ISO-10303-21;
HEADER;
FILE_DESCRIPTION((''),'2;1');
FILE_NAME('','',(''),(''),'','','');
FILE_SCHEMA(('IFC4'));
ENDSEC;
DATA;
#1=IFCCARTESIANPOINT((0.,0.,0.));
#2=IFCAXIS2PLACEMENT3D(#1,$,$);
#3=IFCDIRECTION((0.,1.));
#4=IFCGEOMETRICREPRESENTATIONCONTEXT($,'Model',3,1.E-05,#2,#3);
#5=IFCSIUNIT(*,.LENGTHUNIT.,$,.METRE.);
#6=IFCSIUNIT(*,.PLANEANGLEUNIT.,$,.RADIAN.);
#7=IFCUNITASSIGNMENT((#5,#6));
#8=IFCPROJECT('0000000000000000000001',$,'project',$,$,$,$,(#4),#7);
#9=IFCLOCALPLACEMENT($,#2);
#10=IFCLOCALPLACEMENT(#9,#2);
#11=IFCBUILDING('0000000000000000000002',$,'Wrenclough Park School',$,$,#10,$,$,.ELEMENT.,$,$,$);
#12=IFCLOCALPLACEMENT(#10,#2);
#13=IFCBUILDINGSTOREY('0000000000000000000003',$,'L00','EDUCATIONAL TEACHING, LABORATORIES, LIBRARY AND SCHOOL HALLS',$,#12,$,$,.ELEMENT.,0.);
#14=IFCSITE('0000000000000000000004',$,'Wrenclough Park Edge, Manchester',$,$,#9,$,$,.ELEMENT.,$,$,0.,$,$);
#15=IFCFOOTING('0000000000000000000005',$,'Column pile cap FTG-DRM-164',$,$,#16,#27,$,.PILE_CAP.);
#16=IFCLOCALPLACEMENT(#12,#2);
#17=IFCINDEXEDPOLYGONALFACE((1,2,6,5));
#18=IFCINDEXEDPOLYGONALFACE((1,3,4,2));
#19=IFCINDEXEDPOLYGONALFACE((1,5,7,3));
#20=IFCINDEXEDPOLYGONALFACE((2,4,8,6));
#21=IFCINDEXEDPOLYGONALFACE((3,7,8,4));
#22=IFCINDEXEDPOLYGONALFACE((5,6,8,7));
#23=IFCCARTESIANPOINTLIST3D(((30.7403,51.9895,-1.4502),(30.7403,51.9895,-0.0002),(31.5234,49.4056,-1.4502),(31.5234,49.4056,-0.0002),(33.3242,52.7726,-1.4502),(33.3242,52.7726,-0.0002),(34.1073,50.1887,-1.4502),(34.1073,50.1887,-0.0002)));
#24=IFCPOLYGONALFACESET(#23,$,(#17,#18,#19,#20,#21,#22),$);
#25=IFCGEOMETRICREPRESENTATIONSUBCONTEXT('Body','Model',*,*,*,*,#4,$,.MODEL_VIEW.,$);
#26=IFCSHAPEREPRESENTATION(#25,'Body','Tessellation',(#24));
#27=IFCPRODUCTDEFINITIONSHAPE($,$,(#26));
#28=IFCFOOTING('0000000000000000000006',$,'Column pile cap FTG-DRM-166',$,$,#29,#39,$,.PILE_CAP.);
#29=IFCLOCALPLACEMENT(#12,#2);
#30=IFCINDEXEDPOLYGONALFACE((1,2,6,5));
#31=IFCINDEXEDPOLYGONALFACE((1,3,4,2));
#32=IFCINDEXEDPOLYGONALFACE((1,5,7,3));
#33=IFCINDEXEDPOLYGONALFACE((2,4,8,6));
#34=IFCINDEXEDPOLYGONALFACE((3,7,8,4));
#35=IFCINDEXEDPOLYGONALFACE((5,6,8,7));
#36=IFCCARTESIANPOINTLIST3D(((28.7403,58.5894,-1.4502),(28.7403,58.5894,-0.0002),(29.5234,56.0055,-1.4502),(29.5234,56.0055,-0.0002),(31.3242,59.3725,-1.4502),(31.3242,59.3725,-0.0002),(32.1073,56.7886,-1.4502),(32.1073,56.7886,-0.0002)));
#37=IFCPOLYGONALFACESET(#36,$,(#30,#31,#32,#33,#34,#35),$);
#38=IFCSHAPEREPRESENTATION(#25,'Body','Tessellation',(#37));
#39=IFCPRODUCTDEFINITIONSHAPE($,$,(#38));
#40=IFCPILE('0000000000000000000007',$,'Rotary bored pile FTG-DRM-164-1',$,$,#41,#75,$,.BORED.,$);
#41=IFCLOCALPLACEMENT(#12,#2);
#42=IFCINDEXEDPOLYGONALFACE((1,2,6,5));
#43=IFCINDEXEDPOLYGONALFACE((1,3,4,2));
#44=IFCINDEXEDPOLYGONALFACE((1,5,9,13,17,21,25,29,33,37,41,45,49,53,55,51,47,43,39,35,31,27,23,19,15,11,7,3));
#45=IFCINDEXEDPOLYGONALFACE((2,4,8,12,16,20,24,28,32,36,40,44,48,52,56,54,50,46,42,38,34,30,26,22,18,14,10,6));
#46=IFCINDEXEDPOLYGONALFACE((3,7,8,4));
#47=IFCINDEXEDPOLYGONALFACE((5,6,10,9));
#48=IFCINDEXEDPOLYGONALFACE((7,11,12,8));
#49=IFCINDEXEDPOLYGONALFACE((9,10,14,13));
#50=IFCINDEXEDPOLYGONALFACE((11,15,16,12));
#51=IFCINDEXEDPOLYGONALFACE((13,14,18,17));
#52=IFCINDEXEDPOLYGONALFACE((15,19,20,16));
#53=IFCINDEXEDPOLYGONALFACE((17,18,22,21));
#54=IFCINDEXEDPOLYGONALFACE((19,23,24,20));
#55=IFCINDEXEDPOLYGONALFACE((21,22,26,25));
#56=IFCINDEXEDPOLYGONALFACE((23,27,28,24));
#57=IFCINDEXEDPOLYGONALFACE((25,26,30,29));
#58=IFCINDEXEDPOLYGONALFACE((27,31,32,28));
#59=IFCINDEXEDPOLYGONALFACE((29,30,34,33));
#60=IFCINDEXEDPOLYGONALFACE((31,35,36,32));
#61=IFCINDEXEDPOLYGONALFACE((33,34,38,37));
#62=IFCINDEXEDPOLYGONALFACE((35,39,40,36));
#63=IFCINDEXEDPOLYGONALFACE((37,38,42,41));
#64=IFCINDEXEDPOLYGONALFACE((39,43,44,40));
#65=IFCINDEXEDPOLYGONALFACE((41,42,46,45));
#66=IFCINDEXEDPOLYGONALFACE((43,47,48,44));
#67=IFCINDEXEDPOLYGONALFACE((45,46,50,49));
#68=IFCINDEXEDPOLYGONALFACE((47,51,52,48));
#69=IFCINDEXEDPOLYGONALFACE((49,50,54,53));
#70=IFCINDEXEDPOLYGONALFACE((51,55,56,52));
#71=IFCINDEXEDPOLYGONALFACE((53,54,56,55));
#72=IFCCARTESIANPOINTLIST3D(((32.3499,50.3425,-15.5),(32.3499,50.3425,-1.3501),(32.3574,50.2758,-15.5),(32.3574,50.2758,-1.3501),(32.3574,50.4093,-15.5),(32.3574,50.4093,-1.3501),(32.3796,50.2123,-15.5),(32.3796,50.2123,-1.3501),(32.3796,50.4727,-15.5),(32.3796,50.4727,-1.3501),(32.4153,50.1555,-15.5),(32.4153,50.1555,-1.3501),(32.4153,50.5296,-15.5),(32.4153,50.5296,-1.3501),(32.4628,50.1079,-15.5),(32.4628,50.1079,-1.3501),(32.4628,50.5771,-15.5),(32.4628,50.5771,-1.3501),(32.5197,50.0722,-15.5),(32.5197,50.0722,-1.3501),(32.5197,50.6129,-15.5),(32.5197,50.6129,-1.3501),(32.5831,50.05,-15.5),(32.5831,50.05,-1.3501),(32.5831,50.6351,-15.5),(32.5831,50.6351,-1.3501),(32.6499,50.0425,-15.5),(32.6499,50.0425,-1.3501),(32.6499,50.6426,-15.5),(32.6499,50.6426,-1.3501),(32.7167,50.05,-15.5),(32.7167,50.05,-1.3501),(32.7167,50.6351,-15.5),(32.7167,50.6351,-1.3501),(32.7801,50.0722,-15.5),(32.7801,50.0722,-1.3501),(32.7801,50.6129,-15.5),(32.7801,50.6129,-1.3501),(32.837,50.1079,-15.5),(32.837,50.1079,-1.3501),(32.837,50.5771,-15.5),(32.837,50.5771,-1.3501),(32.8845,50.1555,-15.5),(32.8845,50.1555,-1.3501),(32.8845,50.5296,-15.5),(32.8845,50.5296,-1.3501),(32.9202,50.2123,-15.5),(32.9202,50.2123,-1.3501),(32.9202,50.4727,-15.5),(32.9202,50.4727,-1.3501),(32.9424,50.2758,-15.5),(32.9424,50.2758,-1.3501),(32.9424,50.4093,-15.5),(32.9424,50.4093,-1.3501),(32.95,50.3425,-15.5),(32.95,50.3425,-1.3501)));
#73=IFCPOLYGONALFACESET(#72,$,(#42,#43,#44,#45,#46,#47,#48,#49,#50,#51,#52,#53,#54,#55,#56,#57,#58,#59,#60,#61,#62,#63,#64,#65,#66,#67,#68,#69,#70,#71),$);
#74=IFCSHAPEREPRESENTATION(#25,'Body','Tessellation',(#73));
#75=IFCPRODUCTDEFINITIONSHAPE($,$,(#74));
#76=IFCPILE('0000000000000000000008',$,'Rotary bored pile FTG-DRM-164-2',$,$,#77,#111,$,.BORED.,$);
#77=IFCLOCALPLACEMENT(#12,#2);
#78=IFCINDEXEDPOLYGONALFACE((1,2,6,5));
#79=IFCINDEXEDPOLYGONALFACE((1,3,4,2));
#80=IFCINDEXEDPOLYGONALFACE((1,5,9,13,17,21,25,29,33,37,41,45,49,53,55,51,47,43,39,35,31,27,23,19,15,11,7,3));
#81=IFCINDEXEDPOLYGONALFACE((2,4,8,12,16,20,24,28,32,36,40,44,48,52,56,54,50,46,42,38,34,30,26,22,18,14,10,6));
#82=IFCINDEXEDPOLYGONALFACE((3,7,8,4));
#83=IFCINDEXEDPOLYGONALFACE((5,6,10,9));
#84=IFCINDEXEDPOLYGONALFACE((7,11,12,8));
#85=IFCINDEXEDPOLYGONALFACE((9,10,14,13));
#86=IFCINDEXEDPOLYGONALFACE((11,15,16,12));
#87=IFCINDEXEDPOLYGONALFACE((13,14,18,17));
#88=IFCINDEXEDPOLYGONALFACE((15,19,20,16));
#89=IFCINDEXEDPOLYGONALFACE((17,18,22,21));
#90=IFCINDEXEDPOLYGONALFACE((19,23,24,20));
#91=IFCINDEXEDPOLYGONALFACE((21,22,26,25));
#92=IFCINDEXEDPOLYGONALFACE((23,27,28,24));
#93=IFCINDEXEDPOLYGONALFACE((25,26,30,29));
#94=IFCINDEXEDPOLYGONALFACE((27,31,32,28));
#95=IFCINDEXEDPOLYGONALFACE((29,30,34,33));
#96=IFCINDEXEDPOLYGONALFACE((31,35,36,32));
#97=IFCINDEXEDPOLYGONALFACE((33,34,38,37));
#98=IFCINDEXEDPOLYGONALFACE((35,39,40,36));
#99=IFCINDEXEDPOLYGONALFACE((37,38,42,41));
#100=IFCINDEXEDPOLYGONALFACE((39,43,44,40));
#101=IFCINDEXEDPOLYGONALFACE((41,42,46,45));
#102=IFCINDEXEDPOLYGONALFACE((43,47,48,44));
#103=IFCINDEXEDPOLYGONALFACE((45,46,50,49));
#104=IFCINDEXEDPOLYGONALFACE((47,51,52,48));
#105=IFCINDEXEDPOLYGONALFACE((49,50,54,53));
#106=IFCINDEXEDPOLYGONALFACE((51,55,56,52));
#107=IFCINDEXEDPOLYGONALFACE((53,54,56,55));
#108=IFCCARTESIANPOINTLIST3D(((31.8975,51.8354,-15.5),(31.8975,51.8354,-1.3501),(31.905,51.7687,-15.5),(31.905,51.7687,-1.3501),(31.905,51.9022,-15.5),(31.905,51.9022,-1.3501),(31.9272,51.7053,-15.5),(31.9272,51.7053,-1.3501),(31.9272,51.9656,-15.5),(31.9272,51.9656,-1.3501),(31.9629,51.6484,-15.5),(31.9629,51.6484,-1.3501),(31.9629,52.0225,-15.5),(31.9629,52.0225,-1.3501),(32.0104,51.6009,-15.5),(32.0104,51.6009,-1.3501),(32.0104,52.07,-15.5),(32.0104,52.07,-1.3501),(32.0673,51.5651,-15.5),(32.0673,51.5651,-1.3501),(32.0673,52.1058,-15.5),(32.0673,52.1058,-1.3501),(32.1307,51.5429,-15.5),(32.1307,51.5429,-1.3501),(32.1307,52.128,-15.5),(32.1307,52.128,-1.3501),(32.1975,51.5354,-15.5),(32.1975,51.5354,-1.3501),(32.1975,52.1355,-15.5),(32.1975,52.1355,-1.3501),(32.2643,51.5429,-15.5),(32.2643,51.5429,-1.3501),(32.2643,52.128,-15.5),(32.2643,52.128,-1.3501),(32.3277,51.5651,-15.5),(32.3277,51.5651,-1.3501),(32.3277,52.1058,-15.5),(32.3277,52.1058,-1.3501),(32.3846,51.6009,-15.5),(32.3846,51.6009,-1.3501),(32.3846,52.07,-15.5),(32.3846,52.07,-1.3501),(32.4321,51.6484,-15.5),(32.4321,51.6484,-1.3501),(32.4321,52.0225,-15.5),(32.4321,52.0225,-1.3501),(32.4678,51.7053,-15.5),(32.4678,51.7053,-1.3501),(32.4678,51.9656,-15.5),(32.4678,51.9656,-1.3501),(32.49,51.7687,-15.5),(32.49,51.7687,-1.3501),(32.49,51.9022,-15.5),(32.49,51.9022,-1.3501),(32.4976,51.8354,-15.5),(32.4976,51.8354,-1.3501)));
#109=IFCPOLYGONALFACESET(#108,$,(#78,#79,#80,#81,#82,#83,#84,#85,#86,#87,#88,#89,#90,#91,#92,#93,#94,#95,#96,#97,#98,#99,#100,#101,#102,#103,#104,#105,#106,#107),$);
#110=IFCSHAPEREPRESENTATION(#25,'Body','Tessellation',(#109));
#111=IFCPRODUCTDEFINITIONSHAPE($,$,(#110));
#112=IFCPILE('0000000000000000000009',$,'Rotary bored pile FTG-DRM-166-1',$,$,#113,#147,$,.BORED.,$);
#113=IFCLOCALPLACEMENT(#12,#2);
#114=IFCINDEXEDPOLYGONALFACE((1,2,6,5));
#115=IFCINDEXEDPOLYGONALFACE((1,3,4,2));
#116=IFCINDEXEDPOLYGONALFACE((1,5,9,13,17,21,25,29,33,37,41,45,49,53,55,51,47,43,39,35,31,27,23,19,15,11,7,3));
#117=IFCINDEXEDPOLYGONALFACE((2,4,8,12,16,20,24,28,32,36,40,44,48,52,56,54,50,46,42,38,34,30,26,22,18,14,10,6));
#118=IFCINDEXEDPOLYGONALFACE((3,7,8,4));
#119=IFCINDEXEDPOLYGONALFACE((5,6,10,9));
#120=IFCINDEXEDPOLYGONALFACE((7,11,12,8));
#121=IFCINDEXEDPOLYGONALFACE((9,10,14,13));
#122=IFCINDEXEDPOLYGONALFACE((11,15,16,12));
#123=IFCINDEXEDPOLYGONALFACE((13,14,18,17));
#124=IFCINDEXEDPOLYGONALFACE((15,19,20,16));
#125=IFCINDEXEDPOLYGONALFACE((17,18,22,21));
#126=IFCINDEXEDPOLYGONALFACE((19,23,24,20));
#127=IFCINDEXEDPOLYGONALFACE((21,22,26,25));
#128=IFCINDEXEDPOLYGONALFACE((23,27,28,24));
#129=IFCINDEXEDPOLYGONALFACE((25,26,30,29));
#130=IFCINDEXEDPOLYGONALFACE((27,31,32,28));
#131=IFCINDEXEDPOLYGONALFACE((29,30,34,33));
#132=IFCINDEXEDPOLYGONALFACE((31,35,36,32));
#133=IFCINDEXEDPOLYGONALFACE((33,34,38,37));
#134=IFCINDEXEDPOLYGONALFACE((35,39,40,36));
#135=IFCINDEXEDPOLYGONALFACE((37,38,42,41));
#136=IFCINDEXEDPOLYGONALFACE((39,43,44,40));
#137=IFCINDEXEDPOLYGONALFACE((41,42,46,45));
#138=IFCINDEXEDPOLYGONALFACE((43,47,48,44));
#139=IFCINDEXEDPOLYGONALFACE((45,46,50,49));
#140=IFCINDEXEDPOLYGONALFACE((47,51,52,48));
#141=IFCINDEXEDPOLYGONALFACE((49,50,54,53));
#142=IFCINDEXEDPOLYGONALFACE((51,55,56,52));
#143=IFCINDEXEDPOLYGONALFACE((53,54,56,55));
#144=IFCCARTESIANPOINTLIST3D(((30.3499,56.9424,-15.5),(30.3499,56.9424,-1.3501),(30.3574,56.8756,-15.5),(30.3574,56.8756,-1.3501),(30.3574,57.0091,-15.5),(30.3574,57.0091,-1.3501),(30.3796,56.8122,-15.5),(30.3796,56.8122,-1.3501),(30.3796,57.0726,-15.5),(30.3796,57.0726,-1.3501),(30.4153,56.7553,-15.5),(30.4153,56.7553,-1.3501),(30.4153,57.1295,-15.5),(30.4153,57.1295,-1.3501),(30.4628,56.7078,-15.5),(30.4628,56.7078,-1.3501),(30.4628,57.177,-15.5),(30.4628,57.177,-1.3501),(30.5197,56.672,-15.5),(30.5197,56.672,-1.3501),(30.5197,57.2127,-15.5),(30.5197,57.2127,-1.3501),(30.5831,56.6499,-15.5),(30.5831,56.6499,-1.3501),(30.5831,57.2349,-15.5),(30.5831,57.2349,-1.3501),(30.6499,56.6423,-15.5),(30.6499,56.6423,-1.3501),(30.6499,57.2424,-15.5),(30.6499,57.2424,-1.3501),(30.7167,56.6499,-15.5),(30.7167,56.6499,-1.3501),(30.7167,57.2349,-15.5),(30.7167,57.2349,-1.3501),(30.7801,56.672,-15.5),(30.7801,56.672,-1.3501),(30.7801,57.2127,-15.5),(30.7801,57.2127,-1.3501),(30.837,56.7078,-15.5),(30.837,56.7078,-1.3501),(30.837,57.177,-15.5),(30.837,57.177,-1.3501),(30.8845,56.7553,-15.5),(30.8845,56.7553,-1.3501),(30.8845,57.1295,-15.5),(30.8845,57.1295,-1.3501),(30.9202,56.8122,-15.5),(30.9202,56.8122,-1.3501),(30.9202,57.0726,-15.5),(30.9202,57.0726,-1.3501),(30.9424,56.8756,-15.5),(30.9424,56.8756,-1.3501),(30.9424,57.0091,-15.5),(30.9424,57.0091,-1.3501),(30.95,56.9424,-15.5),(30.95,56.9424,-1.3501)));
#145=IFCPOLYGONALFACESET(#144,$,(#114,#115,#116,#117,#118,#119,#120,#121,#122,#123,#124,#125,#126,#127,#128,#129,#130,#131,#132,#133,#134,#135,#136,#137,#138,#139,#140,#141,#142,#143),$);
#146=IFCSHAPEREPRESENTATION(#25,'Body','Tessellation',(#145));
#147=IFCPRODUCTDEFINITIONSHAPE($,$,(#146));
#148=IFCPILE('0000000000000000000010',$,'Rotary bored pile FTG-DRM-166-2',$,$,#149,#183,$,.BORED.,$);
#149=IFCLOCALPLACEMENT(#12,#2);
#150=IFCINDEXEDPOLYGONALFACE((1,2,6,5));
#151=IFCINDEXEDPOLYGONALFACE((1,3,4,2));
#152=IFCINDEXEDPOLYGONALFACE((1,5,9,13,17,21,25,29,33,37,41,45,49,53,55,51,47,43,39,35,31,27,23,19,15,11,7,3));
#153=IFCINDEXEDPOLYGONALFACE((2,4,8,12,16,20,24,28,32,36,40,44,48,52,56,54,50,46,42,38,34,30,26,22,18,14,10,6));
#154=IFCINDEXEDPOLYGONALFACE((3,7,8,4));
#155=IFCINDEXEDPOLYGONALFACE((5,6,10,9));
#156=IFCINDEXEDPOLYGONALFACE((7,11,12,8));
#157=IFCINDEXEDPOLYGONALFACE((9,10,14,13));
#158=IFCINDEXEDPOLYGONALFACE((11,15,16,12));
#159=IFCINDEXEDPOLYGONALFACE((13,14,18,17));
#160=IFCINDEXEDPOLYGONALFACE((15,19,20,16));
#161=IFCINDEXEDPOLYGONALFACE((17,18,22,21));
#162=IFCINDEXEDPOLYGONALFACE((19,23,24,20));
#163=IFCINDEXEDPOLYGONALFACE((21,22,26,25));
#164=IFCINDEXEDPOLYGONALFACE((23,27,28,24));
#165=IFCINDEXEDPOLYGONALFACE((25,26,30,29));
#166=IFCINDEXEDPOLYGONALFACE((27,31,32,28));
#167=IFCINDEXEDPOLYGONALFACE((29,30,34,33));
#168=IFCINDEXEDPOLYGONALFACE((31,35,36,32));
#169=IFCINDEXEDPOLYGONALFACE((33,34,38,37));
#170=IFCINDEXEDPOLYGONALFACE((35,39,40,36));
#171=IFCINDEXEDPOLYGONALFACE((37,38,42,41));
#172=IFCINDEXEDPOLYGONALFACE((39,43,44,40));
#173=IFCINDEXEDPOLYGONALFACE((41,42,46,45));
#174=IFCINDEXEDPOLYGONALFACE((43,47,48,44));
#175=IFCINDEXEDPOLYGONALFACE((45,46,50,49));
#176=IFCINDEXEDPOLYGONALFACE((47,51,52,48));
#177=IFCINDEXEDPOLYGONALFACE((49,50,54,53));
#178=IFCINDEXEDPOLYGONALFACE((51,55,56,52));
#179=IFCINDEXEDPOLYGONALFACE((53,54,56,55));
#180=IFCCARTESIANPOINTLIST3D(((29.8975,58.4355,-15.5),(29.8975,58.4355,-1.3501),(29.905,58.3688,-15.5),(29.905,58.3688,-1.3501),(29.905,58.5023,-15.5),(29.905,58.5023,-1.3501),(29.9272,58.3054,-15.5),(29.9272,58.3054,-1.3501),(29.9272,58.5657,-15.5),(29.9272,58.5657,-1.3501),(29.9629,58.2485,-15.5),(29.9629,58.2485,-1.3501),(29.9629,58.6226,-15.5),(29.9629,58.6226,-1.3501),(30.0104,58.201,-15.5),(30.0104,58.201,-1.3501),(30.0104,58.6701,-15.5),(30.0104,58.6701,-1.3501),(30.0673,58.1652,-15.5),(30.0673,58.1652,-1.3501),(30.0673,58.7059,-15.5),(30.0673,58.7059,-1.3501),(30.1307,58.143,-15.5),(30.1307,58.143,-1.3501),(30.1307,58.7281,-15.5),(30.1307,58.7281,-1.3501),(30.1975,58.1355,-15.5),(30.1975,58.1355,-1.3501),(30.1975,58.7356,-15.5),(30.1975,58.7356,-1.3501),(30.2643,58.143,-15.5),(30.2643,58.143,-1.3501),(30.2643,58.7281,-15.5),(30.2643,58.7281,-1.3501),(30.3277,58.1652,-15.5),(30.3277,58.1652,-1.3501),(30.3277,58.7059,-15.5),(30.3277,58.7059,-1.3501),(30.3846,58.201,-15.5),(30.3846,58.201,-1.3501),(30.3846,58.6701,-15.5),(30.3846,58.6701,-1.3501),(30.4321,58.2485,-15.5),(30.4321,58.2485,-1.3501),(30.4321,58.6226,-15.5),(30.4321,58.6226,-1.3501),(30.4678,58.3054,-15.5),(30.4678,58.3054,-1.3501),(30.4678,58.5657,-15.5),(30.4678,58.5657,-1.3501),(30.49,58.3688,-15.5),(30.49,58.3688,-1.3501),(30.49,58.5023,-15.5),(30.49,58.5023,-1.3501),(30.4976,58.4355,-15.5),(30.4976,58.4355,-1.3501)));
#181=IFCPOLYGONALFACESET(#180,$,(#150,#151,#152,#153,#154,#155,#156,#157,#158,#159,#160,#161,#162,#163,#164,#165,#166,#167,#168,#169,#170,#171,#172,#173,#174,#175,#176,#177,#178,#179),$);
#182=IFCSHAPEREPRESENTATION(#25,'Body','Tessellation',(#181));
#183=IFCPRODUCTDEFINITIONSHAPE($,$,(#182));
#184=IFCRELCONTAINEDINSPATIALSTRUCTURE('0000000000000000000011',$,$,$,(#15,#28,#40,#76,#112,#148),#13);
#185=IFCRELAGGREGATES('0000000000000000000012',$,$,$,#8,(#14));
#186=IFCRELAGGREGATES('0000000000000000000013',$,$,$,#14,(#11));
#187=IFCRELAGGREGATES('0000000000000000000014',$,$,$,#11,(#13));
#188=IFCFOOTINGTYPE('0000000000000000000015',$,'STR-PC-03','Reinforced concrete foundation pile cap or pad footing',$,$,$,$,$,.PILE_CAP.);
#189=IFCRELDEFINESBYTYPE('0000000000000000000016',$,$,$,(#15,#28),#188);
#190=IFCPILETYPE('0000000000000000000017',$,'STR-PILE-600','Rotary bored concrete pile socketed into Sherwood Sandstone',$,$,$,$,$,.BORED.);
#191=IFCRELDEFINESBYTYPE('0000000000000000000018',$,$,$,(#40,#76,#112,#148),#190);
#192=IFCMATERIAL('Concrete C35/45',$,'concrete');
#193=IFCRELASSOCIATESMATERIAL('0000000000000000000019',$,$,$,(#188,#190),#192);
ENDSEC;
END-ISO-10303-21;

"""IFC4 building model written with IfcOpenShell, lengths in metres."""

from ifc_helpers import new_model, si_unit, direction, frame, origin, origin_2d, place, context, subcontext, project, spatial, rectangle, circle, extrude, material, material_profile, profile_set, type_object, element, save


model = new_model("IFC4")

# Units and contexts
model_context = context("Model", 3, precision=1e-05, world=origin(), true_north=direction((0.0, 1.0)))
body_context = subcontext(model_context, "Body", "Model", "MODEL_VIEW")
ifc_project = project(units=[si_unit("LENGTHUNIT", "METRE"), si_unit("PLANEANGLEUNIT", "RADIAN")], contexts=[model_context])

# Site, building, storey
site_placement = place(None, origin())
site = spatial("IfcSite", under=ifc_project, at=site_placement, Name="Wrenclough Park Edge, Manchester", CompositionType="ELEMENT", RefElevation=0.0)
building_placement = place(site_placement, origin())
building = spatial("IfcBuilding", under=site, at=building_placement, Name="Wrenclough Park School", CompositionType="ELEMENT")
storey_placement = place(building_placement, origin())
storey = spatial("IfcBuildingStorey", under=building, at=storey_placement, Name="L00", Description="EDUCATIONAL TEACHING, LABORATORIES, LIBRARY AND SCHOOL HALLS", CompositionType="ELEMENT", Elevation=0.0)

# Footings
ifc_material_1 = material(Name="Concrete C35/45", Category="concrete")
footing_type = type_object("IfcFootingType", Name="STR-PC-03", Description="Reinforced concrete foundation pile cap or pad footing", PredefinedType="PILE_CAP", material=ifc_material_1)
for number, where, z_axis, x_axis, name in (
    (1, (32.4238, 51.0891, -1.4502), (0.0, 0.0, 1.0), (-0.290034, 0.957016, 0.0), "Column pile cap FTG-DRM-164"),
    (2, (30.4238, 57.689, -1.4502), (0.0, 0.0, 1.0), (-0.290034, 0.957016, 0.0), "Column pile cap FTG-DRM-166"),
):
    element("IfcFooting", number, at=place(storey_placement, frame(where, z_axis=z_axis, x_axis=x_axis)), inside=storey, type_object=footing_type, Name=name, PredefinedType="PILE_CAP", context=body_context, shape_type="SweptSolid", body=[
        extrude(rectangle(XDim=2.7, YDim=2.7, at=origin_2d()), origin(), (0.0, 0.0, 1.0), 1.45),
    ])

# Piles
ifc_material_profile_1 = material_profile(ifc_material_1, circle(Radius=0.3, at=origin_2d()), Name="BORED PILE D600")
ifc_profile_set_1 = profile_set([ifc_material_profile_1], Name="Concrete C35/45")
pile_type = type_object("IfcPileType", Name="STR-PILE-600", Description="Rotary bored concrete pile socketed into Sherwood Sandstone", PredefinedType="BORED", material=ifc_profile_set_1)
for number, where, z_axis, x_axis, name in (
    (3, (32.6499, 50.3425, -1.3501), (0.0, 0.0, -1.0), (1.0, 0.0, 0.0), "Rotary bored pile FTG-DRM-164-1"),
    (4, (32.1975, 51.8354, -1.3501), (0.0, 0.0, -1.0), (1.0, 0.0, 0.0), "Rotary bored pile FTG-DRM-164-2"),
    (5, (30.6499, 56.9424, -1.3501), (0.0, 0.0, -1.0), (1.0, 0.0, 0.0), "Rotary bored pile FTG-DRM-166-1"),
    (6, (30.1975, 58.4355, -1.3501), (0.0, 0.0, -1.0), (1.0, 0.0, 0.0), "Rotary bored pile FTG-DRM-166-2"),
):
    element("IfcPile", number, at=place(storey_placement, frame(where, z_axis=z_axis, x_axis=x_axis)), inside=storey, type_object=pile_type, Name=name, PredefinedType="BORED", context=body_context, shape_type="SweptSolid", body=[
        extrude(circle(Radius=0.3, at=origin_2d()), origin(), (0.0, 0.0, 1.0), 14.1499),
    ])

save(model, "model.ifc")
